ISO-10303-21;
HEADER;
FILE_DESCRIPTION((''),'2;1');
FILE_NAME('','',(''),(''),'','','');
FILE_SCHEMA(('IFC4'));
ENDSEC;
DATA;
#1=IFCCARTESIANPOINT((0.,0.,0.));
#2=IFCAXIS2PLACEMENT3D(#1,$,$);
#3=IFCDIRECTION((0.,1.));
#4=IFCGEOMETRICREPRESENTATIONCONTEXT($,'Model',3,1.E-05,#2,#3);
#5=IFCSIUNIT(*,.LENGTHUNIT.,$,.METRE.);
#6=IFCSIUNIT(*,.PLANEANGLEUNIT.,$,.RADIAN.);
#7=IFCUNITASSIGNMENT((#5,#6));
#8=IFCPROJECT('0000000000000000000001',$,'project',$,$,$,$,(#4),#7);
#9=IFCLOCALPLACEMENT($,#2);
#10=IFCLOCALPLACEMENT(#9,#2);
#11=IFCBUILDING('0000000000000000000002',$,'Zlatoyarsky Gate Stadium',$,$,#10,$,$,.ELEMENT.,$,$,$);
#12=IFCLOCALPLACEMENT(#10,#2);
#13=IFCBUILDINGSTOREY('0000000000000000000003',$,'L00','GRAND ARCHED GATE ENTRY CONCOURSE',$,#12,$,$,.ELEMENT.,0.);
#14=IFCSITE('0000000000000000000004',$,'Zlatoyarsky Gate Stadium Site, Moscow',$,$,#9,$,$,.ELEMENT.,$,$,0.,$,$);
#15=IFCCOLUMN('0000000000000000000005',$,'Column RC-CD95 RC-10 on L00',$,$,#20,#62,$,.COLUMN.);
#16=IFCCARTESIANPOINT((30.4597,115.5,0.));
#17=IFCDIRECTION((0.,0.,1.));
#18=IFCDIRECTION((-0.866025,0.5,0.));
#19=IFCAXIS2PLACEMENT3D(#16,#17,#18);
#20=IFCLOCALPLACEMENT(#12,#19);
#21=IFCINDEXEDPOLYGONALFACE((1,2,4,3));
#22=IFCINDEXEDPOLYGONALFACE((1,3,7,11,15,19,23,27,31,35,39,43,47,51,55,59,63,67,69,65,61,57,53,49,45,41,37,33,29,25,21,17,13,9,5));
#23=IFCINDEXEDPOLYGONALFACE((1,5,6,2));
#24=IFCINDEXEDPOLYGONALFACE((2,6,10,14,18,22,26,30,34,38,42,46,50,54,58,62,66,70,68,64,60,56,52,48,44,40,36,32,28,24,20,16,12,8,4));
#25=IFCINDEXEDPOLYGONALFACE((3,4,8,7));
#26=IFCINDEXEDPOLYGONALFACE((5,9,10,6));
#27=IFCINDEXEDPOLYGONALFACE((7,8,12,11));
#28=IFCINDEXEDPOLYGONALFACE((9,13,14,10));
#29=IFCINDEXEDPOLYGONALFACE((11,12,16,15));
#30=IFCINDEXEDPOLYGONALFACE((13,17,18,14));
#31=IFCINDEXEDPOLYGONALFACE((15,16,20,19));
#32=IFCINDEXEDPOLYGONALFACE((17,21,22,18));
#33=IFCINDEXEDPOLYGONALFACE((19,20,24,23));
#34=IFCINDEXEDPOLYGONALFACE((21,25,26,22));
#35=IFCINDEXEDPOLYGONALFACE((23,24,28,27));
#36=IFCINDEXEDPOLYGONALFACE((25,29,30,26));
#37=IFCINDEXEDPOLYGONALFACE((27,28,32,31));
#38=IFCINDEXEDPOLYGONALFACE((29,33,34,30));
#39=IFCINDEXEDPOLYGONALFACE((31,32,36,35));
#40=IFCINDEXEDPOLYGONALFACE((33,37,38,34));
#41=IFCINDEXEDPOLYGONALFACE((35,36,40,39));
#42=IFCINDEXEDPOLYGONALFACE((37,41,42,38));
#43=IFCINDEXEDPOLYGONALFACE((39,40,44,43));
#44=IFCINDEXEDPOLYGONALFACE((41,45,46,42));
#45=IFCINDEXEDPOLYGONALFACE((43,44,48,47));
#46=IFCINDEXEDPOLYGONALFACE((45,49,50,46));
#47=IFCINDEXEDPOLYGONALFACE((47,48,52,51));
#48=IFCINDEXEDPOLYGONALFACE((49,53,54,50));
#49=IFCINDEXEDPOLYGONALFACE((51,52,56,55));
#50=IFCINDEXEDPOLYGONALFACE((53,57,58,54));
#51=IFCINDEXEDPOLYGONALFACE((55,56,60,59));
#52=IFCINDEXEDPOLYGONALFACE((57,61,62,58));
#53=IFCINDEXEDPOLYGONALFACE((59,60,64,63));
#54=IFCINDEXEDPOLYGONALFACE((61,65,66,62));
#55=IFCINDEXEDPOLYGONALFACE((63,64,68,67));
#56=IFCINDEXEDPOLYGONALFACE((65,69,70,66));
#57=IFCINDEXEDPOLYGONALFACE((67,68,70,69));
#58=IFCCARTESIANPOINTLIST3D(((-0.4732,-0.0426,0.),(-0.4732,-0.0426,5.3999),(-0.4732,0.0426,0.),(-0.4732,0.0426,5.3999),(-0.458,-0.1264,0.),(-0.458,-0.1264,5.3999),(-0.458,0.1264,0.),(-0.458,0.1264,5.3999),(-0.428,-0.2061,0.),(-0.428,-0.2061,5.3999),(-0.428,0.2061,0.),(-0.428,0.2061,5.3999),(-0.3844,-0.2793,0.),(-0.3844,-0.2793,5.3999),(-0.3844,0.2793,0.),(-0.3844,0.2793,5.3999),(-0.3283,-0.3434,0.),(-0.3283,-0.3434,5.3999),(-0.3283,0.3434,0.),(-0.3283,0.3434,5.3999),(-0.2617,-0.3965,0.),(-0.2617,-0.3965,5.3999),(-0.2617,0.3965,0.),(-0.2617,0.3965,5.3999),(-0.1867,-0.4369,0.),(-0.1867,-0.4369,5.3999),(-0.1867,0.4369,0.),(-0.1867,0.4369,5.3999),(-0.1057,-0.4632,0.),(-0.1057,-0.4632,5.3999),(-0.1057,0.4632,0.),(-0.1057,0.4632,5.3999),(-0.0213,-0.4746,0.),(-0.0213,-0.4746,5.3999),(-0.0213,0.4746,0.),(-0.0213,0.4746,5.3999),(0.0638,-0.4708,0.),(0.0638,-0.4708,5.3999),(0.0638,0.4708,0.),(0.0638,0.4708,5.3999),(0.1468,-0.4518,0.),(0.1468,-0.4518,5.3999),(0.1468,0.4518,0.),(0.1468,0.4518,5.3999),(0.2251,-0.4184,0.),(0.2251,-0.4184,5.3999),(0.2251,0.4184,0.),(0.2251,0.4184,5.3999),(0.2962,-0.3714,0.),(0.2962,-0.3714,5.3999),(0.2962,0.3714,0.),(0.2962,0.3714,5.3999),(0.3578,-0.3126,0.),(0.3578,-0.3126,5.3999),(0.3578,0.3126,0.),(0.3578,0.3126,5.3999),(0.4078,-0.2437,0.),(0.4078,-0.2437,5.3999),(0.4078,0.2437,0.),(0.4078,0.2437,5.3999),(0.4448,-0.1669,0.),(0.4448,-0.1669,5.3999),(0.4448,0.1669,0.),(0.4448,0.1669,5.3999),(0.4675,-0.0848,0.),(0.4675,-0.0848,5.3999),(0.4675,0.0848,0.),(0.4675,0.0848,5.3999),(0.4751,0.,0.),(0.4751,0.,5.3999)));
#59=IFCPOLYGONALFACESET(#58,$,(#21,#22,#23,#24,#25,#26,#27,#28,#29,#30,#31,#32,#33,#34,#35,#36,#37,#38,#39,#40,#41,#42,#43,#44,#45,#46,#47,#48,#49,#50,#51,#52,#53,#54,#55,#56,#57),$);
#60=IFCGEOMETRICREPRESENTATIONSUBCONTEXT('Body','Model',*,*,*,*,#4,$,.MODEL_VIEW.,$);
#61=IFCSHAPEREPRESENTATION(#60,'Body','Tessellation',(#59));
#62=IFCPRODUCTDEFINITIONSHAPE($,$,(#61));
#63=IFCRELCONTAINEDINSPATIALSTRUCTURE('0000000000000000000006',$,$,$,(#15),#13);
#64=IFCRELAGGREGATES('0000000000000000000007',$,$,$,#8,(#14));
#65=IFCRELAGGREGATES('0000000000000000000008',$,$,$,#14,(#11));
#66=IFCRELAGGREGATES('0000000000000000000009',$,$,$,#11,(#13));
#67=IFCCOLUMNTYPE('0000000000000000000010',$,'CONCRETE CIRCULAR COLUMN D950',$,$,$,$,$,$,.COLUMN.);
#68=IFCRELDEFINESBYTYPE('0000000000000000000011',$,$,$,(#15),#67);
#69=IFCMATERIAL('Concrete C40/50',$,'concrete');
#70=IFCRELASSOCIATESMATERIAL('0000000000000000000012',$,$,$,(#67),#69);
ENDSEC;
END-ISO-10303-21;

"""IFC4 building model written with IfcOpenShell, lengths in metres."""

from ifc_helpers import new_model, si_unit, direction, frame, origin, origin_2d, place, context, subcontext, project, spatial, circle, extrude, material, material_profile, profile_set, type_object, element, save


model = new_model("IFC4")

# Units and contexts
model_context = context("Model", 3, precision=1e-05, world=origin(), true_north=direction((0.0, 1.0)))
body_context = subcontext(model_context, "Body", "Model", "MODEL_VIEW")
ifc_project = project(units=[si_unit("LENGTHUNIT", "METRE"), si_unit("PLANEANGLEUNIT", "RADIAN")], contexts=[model_context])

# Site, building, storey
site_placement = place(None, origin())
site = spatial("IfcSite", under=ifc_project, at=site_placement, Name="Zlatoyarsky Gate Stadium Site, Moscow", CompositionType="ELEMENT", RefElevation=0.0)
building_placement = place(site_placement, origin())
building = spatial("IfcBuilding", under=site, at=building_placement, Name="Zlatoyarsky Gate Stadium", CompositionType="ELEMENT")
storey_placement = place(building_placement, origin())
storey = spatial("IfcBuildingStorey", under=building, at=storey_placement, Name="L00", Description="GRAND ARCHED GATE ENTRY CONCOURSE", CompositionType="ELEMENT", Elevation=0.0)

# Column
ifc_material_1 = material(Name="Concrete C40/50", Category="concrete")
ifc_material_profile_1 = material_profile(ifc_material_1, circle(Radius=0.4751, at=origin_2d()), Name="RC COL D950")
ifc_profile_set_1 = profile_set([ifc_material_profile_1], Name="Concrete C40/50")
column_type_1 = type_object("IfcColumnType", Name="CONCRETE CIRCULAR COLUMN D950", PredefinedType="COLUMN", material=ifc_profile_set_1)
column_1_placement = place(storey_placement, frame((30.4597, 115.5, 0.0), z_axis=(0.0, 0.0, 1.0), x_axis=(-0.866025, 0.5, 0.0)))
element("IfcColumn", 1, at=column_1_placement, inside=storey, type_object=column_type_1, Name="Column RC-CD95 RC-10 on L00", PredefinedType="COLUMN", context=body_context, shape_type="SweptSolid", body=[
    extrude(circle(Radius=0.4751, at=origin_2d()), origin(), (0.0, 0.0, 1.0), 5.3999),
])

save(model, "model.ifc")
